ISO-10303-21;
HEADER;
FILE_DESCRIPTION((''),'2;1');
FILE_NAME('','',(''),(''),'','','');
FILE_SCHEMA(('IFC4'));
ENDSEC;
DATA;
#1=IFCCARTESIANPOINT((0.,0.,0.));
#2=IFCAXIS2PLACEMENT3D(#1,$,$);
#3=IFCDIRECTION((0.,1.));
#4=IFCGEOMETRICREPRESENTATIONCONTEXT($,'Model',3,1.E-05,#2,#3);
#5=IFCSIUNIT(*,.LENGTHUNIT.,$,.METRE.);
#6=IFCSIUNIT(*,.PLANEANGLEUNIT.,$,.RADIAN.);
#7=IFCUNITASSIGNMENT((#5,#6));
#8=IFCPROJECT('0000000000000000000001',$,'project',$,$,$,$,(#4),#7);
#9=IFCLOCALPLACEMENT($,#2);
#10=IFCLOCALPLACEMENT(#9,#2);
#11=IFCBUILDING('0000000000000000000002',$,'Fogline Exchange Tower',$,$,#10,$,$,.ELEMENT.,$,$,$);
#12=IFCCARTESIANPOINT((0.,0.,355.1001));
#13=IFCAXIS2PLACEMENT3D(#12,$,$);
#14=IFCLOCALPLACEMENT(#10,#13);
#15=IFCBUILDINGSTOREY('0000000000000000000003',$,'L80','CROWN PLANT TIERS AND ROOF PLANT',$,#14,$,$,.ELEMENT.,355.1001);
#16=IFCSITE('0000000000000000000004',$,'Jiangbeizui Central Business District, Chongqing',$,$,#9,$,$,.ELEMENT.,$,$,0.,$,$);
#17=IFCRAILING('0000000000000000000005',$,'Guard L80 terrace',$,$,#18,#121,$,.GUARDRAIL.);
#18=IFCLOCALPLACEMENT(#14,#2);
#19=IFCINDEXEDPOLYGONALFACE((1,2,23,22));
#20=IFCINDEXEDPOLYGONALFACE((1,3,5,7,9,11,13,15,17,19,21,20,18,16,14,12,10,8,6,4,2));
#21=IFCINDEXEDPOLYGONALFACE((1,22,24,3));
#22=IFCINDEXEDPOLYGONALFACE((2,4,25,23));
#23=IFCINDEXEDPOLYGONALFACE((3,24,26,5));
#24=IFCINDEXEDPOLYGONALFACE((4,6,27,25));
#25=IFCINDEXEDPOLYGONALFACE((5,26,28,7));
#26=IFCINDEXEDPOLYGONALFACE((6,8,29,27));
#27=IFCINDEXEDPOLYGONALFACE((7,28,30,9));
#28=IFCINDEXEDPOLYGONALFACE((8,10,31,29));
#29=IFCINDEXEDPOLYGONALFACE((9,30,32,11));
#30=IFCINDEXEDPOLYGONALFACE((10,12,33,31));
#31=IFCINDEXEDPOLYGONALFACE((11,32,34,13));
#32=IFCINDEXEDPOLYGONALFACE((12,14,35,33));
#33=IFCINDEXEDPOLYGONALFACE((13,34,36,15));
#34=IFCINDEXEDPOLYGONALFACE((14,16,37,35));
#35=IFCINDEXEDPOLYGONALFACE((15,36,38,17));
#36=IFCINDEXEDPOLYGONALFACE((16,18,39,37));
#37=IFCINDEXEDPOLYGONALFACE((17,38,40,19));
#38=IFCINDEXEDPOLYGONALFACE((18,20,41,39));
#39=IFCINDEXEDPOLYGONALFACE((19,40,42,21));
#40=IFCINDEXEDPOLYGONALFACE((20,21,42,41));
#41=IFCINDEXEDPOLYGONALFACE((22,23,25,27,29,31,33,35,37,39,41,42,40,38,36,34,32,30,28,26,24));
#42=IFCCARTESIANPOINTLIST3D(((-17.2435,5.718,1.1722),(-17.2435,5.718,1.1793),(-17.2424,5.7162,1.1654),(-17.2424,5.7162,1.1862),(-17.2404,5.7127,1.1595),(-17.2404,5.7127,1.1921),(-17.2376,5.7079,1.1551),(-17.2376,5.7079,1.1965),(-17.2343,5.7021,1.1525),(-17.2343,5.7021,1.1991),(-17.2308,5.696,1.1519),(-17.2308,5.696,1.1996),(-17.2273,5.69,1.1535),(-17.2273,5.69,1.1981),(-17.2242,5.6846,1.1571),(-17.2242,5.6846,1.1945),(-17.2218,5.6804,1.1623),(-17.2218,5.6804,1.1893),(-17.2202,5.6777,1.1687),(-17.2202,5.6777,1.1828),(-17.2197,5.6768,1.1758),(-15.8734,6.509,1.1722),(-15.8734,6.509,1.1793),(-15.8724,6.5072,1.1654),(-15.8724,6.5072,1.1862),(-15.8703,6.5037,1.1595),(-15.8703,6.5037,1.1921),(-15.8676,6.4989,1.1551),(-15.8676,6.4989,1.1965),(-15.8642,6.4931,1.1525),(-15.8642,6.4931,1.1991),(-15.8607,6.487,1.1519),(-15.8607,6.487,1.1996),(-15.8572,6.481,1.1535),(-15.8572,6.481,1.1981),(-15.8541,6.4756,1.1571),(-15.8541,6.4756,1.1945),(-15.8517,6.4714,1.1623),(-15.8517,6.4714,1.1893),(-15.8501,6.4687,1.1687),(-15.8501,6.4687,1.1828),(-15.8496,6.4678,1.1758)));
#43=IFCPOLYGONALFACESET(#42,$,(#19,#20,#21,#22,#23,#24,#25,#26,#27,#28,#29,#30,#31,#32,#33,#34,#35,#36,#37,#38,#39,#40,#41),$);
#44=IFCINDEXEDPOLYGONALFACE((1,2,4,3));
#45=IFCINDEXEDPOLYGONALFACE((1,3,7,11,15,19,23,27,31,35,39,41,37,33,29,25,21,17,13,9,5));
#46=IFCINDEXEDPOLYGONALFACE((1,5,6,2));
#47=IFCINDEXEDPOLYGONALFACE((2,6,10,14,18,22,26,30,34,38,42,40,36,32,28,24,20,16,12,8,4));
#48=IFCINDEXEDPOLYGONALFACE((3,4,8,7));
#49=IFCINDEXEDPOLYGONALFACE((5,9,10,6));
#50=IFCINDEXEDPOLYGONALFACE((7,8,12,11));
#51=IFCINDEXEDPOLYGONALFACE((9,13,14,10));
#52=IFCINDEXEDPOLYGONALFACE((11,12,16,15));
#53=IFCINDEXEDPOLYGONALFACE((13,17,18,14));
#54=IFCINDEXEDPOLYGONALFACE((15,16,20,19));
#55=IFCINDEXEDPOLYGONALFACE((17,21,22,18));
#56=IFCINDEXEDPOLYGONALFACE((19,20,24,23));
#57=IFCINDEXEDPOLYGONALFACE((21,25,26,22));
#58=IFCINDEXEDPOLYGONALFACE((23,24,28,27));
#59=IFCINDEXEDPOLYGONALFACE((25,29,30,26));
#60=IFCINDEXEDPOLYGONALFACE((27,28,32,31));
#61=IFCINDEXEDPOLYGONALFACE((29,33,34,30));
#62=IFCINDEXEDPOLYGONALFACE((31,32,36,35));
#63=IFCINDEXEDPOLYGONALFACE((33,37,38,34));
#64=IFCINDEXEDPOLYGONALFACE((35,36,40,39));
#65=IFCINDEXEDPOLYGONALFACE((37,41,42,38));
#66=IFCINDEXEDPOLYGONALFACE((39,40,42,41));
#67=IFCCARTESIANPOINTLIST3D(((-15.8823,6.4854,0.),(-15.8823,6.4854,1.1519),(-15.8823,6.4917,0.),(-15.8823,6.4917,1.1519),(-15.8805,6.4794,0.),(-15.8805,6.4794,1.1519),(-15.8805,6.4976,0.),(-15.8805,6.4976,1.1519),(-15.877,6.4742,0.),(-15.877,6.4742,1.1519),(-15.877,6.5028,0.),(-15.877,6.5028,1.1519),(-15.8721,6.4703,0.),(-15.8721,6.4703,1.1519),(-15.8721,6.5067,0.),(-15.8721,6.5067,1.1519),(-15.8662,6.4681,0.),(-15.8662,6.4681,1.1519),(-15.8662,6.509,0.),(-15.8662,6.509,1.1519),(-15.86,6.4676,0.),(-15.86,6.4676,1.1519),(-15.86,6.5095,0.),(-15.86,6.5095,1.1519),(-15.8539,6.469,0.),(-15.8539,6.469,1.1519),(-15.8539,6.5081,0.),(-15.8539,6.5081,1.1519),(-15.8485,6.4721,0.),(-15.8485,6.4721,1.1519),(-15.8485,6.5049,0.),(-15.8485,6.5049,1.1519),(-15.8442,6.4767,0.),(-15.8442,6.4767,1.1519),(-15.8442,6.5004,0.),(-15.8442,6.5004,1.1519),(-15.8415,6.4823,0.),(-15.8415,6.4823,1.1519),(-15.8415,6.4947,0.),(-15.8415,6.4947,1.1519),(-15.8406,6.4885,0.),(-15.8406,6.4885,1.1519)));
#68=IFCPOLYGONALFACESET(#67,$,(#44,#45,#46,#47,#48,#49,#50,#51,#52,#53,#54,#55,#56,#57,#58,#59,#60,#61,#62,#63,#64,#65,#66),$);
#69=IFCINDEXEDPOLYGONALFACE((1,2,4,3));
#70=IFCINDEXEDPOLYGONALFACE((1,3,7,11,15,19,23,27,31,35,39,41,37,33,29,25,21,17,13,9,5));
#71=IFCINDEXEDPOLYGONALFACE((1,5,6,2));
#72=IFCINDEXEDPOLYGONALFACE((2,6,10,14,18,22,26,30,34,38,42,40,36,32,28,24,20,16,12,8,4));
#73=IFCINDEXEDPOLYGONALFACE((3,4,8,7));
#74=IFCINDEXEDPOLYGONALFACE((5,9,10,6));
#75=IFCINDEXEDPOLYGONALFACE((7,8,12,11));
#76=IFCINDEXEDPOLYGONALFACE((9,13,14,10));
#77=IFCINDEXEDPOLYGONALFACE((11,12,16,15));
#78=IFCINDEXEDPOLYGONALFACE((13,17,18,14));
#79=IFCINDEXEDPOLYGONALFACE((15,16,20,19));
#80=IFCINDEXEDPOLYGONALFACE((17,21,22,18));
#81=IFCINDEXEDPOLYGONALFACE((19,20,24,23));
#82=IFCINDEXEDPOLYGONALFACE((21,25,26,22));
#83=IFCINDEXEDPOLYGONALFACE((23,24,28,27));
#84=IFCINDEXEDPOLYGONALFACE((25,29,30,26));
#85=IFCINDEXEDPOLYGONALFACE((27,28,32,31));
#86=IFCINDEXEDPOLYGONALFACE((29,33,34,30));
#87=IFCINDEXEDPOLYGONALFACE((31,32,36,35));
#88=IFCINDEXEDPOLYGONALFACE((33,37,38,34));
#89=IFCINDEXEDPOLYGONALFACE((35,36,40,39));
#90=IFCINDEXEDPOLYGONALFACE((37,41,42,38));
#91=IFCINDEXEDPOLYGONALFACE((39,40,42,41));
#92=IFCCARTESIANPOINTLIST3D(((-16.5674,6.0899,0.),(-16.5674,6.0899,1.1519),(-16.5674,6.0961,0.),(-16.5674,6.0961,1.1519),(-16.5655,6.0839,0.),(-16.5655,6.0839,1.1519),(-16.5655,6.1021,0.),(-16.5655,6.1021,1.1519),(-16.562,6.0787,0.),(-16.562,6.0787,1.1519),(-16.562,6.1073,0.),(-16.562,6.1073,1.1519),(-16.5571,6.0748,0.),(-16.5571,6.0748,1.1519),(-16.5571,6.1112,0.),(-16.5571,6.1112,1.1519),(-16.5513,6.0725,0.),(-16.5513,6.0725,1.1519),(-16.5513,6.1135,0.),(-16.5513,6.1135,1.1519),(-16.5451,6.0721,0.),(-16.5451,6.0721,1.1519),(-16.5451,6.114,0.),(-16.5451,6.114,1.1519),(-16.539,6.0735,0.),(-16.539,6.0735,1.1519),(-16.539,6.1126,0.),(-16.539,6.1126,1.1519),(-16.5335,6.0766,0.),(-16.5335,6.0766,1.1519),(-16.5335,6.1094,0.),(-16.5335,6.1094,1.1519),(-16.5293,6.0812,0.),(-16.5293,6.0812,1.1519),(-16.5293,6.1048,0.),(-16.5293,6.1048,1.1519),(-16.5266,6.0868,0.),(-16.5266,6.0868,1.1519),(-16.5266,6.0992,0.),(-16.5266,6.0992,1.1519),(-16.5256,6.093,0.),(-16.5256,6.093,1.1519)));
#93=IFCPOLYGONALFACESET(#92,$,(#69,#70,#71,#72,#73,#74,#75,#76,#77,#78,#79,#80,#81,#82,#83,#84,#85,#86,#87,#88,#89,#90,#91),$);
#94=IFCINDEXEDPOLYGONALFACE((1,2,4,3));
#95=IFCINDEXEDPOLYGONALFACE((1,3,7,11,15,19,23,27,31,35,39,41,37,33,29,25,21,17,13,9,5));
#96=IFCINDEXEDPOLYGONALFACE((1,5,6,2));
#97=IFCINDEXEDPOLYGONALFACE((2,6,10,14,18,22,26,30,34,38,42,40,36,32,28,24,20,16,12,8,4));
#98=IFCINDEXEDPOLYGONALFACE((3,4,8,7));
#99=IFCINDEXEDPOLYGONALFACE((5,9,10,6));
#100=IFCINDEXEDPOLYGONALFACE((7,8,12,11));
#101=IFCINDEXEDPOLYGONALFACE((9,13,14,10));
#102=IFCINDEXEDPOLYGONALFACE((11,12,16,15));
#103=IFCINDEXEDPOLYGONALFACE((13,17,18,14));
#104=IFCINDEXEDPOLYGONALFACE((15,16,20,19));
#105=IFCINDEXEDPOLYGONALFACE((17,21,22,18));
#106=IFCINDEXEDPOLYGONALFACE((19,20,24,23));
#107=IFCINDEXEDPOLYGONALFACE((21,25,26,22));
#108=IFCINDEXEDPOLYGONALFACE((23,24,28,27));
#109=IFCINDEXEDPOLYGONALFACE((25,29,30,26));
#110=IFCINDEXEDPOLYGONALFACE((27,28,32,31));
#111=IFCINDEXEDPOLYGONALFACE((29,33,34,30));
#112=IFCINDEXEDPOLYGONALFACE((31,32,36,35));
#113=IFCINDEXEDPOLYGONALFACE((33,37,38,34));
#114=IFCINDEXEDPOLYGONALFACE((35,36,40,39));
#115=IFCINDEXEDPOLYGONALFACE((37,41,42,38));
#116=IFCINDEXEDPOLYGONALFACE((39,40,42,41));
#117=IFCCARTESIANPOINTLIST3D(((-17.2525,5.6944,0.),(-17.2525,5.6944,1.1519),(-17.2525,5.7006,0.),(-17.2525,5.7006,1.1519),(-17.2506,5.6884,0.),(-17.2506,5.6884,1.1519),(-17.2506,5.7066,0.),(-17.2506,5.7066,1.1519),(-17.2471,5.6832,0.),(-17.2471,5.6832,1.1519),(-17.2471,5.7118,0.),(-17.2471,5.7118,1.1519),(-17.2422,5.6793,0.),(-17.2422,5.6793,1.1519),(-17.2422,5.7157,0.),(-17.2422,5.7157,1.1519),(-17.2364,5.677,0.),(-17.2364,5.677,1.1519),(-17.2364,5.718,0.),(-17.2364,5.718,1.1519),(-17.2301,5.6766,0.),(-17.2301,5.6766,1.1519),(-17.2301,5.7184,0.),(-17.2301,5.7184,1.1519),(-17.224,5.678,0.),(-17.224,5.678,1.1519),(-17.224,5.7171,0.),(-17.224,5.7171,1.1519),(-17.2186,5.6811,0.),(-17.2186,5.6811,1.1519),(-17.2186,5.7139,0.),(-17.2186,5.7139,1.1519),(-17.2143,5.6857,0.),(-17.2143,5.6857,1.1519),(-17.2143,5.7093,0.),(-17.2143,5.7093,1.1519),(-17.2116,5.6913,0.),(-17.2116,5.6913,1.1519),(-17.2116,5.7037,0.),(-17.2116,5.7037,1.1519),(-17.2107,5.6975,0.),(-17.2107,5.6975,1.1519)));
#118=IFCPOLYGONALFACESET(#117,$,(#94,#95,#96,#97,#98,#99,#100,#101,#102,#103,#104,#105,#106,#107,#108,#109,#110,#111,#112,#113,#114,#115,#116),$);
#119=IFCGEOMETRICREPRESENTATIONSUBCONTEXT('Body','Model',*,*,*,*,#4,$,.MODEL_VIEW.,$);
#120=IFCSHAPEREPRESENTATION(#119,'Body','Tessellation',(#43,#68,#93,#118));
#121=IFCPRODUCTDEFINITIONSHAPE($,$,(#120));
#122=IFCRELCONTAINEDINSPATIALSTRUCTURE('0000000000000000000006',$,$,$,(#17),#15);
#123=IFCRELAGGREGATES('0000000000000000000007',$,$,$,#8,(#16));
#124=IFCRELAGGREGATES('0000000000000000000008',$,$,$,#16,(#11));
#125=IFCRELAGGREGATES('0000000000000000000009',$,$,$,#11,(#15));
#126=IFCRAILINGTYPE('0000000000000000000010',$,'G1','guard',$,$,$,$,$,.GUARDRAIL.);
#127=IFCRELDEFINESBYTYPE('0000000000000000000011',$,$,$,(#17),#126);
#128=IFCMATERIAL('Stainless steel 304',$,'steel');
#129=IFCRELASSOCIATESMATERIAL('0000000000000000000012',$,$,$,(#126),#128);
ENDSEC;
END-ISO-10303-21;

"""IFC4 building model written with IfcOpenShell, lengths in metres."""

from ifc_helpers import new_model, si_unit, direction, frame, origin, origin_2d, place, context, subcontext, project, spatial, circle, extrude, material, type_object, element, save


model = new_model("IFC4")

# Units and contexts
model_context = context("Model", 3, precision=1e-05, world=origin(), true_north=direction((0.0, 1.0)))
body_context = subcontext(model_context, "Body", "Model", "MODEL_VIEW")
ifc_project = project(units=[si_unit("LENGTHUNIT", "METRE"), si_unit("PLANEANGLEUNIT", "RADIAN")], contexts=[model_context])

# Site, building, storey
site_placement = place(None, origin())
site = spatial("IfcSite", under=ifc_project, at=site_placement, Name="Jiangbeizui Central Business District, Chongqing", CompositionType="ELEMENT", RefElevation=0.0)
building_placement = place(site_placement, origin())
building = spatial("IfcBuilding", under=site, at=building_placement, Name="Fogline Exchange Tower", CompositionType="ELEMENT")
storey_placement = place(building_placement, frame((0.0, 0.0, 355.1001)))
storey = spatial("IfcBuildingStorey", under=building, at=storey_placement, Name="L80", Description="CROWN PLANT TIERS AND ROOF PLANT", CompositionType="ELEMENT", Elevation=355.1001)

# Railing
ifc_material_1 = material(Name="Stainless steel 304", Category="steel")
railing_type = type_object("IfcRailingType", Name="G1", Description="guard", PredefinedType="GUARDRAIL", material=ifc_material_1)
railing_1_placement = place(storey_placement, frame((-15.8616, 6.4885, 0.0)))
element("IfcRailing", 1, at=railing_1_placement, inside=storey, type_object=railing_type, Name="Guard L80 terrace", PredefinedType="GUARDRAIL", context=body_context, shape_type="SweptSolid", body=[
    extrude(circle(Radius=0.0239, at=origin_2d()), frame((0.0, 0.0, 1.1758), z_axis=(-0.866031, -0.49999, 0.0), x_axis=(0.49999, -0.866031, 0.0)), (0.0, 0.0, 1.0), 1.582),
    extrude(circle(Radius=0.021, at=origin_2d()), origin(), (0.0, 0.0, 1.0), 1.1519),
    extrude(circle(Radius=0.021, at=origin_2d()), frame((-0.6851, -0.3955, 0.0)), (0.0, 0.0, 1.0), 1.1519),
    extrude(circle(Radius=0.021, at=origin_2d()), frame((-1.3701, -0.791, 0.0)), (0.0, 0.0, 1.0), 1.1519),
])

save(model, "model.ifc")
